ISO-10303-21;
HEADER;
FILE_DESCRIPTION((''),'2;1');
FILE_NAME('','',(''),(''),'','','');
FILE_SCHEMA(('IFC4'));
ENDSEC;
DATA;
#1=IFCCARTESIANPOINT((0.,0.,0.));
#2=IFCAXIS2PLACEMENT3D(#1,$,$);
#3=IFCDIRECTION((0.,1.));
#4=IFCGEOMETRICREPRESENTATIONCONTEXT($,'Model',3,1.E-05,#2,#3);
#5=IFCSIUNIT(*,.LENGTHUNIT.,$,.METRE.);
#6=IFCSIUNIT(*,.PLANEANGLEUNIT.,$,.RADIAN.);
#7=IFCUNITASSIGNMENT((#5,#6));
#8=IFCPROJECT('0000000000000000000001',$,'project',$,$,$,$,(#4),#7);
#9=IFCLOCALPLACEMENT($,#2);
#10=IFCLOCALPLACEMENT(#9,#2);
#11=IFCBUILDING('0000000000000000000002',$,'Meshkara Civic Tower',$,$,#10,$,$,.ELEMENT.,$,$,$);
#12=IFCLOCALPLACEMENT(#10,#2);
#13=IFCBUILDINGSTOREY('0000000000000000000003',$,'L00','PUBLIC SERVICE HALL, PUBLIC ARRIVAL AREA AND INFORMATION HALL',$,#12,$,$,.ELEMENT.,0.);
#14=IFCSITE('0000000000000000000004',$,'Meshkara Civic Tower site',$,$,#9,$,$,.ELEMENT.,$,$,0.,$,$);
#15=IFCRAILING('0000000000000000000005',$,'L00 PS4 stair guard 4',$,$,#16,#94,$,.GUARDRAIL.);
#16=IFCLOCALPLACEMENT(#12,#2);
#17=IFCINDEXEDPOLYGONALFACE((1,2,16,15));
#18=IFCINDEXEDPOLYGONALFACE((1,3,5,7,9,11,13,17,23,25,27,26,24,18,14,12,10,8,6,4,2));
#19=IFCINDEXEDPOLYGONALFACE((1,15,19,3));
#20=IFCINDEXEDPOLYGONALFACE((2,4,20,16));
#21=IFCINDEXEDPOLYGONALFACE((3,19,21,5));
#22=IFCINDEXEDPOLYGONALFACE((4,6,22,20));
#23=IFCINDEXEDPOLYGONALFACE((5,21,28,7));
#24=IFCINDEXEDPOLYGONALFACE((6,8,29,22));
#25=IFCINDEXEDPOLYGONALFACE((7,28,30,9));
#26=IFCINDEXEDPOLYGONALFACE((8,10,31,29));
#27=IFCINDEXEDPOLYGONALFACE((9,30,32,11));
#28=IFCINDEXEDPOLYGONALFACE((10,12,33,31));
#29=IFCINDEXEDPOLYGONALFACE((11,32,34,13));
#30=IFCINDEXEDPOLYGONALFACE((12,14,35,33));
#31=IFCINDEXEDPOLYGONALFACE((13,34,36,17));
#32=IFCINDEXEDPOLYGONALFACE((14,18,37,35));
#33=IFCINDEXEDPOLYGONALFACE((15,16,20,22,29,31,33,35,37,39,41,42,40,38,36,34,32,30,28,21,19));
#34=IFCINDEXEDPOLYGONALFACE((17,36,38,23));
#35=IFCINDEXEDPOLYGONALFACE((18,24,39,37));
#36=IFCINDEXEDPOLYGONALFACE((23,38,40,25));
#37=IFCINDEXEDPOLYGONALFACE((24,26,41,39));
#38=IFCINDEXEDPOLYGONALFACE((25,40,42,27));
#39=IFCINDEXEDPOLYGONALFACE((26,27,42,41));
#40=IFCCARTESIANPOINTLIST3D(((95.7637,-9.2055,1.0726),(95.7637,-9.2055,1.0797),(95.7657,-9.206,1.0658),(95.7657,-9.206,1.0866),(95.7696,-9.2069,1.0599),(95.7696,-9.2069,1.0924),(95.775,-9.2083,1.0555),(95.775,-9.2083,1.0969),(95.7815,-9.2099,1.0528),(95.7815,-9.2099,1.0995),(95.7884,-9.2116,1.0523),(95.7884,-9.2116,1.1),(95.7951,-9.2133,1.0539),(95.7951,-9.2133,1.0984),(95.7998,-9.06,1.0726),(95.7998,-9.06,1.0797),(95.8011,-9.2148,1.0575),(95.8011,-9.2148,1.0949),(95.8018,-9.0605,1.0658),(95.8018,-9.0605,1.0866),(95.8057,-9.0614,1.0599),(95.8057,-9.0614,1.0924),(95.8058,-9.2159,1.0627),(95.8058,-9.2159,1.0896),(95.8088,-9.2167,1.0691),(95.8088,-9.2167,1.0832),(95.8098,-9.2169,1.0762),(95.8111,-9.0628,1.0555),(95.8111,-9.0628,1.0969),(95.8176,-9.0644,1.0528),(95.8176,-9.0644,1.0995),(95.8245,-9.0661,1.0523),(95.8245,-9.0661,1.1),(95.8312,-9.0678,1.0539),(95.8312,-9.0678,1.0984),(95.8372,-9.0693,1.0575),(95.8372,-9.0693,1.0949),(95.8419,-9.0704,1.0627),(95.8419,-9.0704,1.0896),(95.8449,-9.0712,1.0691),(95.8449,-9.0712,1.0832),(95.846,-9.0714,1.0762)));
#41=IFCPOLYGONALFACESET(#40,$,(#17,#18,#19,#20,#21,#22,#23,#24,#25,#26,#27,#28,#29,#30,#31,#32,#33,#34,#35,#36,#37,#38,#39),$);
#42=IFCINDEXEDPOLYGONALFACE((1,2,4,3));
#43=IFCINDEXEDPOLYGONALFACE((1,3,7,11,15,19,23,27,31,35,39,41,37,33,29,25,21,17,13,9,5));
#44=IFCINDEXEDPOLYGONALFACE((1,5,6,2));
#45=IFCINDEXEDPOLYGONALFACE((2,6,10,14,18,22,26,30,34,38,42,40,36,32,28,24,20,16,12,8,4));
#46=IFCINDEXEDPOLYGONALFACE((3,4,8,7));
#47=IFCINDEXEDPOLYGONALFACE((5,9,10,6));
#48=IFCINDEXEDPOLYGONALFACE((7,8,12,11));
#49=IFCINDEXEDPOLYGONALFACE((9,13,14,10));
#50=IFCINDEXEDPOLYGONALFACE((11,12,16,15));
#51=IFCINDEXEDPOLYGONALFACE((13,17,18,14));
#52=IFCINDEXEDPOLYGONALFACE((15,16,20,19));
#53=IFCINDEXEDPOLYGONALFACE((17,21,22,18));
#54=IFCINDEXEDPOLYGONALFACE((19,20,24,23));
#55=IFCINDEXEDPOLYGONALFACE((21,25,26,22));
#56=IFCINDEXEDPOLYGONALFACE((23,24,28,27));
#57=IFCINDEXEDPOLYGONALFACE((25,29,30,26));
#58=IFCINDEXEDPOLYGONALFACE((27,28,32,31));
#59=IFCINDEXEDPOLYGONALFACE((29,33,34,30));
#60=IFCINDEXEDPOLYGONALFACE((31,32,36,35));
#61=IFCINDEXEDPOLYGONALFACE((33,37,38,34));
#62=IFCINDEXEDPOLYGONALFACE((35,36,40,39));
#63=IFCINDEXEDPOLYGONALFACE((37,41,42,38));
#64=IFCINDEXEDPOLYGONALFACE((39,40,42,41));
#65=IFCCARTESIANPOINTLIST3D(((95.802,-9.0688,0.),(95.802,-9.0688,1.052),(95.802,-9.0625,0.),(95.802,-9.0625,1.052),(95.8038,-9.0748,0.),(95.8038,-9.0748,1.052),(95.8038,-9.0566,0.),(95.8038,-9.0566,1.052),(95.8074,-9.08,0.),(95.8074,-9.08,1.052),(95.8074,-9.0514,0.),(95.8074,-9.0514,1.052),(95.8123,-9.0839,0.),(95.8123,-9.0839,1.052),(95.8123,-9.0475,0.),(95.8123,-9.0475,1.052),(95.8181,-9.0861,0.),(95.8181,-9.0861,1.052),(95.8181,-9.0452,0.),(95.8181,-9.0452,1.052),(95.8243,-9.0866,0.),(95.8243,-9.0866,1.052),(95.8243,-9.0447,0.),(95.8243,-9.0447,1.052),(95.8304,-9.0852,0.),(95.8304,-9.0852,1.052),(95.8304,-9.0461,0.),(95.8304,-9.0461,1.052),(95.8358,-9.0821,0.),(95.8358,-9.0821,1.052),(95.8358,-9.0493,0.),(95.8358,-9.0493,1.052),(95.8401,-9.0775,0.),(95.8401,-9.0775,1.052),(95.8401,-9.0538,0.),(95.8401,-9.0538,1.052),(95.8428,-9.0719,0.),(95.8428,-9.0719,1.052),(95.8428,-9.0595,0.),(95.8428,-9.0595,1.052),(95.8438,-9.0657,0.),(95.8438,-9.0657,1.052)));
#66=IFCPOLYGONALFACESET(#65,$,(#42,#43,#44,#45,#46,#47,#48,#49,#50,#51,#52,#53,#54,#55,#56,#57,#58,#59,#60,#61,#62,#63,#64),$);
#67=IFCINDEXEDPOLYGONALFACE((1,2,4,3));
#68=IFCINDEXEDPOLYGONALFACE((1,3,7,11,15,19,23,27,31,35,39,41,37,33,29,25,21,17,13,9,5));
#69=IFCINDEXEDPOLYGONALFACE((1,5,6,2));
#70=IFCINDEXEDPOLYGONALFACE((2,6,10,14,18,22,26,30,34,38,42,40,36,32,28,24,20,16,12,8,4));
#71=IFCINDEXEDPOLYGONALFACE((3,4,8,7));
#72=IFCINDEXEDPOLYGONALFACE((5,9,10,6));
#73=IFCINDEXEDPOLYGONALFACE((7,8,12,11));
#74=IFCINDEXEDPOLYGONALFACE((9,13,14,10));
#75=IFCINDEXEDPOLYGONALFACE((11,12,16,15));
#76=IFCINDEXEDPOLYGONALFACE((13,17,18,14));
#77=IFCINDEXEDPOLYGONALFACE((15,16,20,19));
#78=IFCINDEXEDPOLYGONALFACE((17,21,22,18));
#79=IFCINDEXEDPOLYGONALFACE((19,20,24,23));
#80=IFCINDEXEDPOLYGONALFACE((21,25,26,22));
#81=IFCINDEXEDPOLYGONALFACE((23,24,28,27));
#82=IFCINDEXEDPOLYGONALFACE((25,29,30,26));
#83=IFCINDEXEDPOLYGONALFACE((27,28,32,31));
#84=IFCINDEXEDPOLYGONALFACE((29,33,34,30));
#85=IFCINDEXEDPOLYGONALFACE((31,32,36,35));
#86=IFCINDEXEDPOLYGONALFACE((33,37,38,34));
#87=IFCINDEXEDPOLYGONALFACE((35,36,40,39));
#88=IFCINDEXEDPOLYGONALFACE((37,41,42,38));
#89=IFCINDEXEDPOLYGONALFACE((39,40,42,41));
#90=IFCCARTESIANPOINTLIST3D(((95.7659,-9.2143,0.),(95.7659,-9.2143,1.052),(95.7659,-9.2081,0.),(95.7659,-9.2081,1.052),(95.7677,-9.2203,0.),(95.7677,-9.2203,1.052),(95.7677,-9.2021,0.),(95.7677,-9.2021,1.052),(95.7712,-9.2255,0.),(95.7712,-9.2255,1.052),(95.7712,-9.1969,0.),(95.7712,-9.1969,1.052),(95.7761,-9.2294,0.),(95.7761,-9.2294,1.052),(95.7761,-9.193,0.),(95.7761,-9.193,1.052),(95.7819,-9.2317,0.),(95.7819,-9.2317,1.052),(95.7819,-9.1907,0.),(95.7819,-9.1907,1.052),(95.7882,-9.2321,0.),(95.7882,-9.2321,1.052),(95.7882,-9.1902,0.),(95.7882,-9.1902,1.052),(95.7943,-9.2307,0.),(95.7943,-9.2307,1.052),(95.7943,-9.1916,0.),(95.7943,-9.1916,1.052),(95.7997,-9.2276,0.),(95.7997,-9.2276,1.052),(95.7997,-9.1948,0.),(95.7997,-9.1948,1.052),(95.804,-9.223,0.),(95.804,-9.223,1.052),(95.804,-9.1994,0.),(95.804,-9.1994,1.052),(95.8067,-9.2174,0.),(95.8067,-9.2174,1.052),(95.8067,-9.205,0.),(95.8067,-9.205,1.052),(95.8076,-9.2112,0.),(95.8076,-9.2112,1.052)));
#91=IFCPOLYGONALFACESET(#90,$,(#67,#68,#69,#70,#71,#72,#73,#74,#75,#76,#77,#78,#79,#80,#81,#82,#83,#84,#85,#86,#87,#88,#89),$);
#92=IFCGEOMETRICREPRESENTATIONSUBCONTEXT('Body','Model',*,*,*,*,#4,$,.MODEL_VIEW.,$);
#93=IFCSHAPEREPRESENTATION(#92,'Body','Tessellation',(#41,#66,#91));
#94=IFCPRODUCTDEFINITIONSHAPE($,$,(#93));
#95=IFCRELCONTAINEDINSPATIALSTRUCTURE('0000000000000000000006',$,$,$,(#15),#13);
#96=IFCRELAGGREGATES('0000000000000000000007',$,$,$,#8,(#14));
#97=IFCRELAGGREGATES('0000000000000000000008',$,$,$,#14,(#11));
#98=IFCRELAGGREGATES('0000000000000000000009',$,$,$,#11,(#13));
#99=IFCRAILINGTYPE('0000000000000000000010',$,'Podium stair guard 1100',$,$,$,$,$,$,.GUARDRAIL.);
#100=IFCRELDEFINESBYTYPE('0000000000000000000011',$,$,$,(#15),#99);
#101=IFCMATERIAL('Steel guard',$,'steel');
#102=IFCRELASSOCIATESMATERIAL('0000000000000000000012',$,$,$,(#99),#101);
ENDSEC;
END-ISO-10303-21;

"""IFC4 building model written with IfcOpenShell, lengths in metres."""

from ifc_helpers import new_model, si_unit, direction, frame, origin, origin_2d, place, context, subcontext, project, spatial, circle, extrude, material, type_object, element, save


model = new_model("IFC4")

# Units and contexts
model_context = context("Model", 3, precision=1e-05, world=origin(), true_north=direction((0.0, 1.0)))
body_context = subcontext(model_context, "Body", "Model", "MODEL_VIEW")
ifc_project = project(units=[si_unit("LENGTHUNIT", "METRE"), si_unit("PLANEANGLEUNIT", "RADIAN")], contexts=[model_context])

# Site, building, storey
site_placement = place(None, origin())
site = spatial("IfcSite", under=ifc_project, at=site_placement, Name="Meshkara Civic Tower site", CompositionType="ELEMENT", RefElevation=0.0)
building_placement = place(site_placement, origin())
building = spatial("IfcBuilding", under=site, at=building_placement, Name="Meshkara Civic Tower", CompositionType="ELEMENT")
storey_placement = place(building_placement, origin())
storey = spatial("IfcBuildingStorey", under=building, at=storey_placement, Name="L00", Description="PUBLIC SERVICE HALL, PUBLIC ARRIVAL AREA AND INFORMATION HALL", CompositionType="ELEMENT", Elevation=0.0)

# Railing
ifc_material_1 = material(Name="Steel guard", Category="steel")
railing_type_1 = type_object("IfcRailingType", Name="Podium stair guard 1100", PredefinedType="GUARDRAIL", material=ifc_material_1)
railing_1_placement = place(storey_placement, frame((95.8228, -9.0657, 0.0)))
element("IfcRailing", 1, at=railing_1_placement, inside=storey, type_object=railing_type_1, Name="L00 PS4 stair guard 4", PredefinedType="GUARDRAIL", context=body_context, shape_type="SweptSolid", body=[
    extrude(circle(Radius=0.0239, at=origin_2d()), frame((0.0, 0.0, 1.0762), z_axis=(-0.241003, -0.970524, 0.0), x_axis=(0.970524, -0.241003, 0.0)), (0.0, 0.0, 1.0), 0.1499),
    extrude(circle(Radius=0.021, at=origin_2d()), origin(), (0.0, 0.0, 1.0), 1.052),
    extrude(circle(Radius=0.021, at=origin_2d()), frame((-0.0361, -0.1455, 0.0)), (0.0, 0.0, 1.0), 1.052),
])

save(model, "model.ifc")
